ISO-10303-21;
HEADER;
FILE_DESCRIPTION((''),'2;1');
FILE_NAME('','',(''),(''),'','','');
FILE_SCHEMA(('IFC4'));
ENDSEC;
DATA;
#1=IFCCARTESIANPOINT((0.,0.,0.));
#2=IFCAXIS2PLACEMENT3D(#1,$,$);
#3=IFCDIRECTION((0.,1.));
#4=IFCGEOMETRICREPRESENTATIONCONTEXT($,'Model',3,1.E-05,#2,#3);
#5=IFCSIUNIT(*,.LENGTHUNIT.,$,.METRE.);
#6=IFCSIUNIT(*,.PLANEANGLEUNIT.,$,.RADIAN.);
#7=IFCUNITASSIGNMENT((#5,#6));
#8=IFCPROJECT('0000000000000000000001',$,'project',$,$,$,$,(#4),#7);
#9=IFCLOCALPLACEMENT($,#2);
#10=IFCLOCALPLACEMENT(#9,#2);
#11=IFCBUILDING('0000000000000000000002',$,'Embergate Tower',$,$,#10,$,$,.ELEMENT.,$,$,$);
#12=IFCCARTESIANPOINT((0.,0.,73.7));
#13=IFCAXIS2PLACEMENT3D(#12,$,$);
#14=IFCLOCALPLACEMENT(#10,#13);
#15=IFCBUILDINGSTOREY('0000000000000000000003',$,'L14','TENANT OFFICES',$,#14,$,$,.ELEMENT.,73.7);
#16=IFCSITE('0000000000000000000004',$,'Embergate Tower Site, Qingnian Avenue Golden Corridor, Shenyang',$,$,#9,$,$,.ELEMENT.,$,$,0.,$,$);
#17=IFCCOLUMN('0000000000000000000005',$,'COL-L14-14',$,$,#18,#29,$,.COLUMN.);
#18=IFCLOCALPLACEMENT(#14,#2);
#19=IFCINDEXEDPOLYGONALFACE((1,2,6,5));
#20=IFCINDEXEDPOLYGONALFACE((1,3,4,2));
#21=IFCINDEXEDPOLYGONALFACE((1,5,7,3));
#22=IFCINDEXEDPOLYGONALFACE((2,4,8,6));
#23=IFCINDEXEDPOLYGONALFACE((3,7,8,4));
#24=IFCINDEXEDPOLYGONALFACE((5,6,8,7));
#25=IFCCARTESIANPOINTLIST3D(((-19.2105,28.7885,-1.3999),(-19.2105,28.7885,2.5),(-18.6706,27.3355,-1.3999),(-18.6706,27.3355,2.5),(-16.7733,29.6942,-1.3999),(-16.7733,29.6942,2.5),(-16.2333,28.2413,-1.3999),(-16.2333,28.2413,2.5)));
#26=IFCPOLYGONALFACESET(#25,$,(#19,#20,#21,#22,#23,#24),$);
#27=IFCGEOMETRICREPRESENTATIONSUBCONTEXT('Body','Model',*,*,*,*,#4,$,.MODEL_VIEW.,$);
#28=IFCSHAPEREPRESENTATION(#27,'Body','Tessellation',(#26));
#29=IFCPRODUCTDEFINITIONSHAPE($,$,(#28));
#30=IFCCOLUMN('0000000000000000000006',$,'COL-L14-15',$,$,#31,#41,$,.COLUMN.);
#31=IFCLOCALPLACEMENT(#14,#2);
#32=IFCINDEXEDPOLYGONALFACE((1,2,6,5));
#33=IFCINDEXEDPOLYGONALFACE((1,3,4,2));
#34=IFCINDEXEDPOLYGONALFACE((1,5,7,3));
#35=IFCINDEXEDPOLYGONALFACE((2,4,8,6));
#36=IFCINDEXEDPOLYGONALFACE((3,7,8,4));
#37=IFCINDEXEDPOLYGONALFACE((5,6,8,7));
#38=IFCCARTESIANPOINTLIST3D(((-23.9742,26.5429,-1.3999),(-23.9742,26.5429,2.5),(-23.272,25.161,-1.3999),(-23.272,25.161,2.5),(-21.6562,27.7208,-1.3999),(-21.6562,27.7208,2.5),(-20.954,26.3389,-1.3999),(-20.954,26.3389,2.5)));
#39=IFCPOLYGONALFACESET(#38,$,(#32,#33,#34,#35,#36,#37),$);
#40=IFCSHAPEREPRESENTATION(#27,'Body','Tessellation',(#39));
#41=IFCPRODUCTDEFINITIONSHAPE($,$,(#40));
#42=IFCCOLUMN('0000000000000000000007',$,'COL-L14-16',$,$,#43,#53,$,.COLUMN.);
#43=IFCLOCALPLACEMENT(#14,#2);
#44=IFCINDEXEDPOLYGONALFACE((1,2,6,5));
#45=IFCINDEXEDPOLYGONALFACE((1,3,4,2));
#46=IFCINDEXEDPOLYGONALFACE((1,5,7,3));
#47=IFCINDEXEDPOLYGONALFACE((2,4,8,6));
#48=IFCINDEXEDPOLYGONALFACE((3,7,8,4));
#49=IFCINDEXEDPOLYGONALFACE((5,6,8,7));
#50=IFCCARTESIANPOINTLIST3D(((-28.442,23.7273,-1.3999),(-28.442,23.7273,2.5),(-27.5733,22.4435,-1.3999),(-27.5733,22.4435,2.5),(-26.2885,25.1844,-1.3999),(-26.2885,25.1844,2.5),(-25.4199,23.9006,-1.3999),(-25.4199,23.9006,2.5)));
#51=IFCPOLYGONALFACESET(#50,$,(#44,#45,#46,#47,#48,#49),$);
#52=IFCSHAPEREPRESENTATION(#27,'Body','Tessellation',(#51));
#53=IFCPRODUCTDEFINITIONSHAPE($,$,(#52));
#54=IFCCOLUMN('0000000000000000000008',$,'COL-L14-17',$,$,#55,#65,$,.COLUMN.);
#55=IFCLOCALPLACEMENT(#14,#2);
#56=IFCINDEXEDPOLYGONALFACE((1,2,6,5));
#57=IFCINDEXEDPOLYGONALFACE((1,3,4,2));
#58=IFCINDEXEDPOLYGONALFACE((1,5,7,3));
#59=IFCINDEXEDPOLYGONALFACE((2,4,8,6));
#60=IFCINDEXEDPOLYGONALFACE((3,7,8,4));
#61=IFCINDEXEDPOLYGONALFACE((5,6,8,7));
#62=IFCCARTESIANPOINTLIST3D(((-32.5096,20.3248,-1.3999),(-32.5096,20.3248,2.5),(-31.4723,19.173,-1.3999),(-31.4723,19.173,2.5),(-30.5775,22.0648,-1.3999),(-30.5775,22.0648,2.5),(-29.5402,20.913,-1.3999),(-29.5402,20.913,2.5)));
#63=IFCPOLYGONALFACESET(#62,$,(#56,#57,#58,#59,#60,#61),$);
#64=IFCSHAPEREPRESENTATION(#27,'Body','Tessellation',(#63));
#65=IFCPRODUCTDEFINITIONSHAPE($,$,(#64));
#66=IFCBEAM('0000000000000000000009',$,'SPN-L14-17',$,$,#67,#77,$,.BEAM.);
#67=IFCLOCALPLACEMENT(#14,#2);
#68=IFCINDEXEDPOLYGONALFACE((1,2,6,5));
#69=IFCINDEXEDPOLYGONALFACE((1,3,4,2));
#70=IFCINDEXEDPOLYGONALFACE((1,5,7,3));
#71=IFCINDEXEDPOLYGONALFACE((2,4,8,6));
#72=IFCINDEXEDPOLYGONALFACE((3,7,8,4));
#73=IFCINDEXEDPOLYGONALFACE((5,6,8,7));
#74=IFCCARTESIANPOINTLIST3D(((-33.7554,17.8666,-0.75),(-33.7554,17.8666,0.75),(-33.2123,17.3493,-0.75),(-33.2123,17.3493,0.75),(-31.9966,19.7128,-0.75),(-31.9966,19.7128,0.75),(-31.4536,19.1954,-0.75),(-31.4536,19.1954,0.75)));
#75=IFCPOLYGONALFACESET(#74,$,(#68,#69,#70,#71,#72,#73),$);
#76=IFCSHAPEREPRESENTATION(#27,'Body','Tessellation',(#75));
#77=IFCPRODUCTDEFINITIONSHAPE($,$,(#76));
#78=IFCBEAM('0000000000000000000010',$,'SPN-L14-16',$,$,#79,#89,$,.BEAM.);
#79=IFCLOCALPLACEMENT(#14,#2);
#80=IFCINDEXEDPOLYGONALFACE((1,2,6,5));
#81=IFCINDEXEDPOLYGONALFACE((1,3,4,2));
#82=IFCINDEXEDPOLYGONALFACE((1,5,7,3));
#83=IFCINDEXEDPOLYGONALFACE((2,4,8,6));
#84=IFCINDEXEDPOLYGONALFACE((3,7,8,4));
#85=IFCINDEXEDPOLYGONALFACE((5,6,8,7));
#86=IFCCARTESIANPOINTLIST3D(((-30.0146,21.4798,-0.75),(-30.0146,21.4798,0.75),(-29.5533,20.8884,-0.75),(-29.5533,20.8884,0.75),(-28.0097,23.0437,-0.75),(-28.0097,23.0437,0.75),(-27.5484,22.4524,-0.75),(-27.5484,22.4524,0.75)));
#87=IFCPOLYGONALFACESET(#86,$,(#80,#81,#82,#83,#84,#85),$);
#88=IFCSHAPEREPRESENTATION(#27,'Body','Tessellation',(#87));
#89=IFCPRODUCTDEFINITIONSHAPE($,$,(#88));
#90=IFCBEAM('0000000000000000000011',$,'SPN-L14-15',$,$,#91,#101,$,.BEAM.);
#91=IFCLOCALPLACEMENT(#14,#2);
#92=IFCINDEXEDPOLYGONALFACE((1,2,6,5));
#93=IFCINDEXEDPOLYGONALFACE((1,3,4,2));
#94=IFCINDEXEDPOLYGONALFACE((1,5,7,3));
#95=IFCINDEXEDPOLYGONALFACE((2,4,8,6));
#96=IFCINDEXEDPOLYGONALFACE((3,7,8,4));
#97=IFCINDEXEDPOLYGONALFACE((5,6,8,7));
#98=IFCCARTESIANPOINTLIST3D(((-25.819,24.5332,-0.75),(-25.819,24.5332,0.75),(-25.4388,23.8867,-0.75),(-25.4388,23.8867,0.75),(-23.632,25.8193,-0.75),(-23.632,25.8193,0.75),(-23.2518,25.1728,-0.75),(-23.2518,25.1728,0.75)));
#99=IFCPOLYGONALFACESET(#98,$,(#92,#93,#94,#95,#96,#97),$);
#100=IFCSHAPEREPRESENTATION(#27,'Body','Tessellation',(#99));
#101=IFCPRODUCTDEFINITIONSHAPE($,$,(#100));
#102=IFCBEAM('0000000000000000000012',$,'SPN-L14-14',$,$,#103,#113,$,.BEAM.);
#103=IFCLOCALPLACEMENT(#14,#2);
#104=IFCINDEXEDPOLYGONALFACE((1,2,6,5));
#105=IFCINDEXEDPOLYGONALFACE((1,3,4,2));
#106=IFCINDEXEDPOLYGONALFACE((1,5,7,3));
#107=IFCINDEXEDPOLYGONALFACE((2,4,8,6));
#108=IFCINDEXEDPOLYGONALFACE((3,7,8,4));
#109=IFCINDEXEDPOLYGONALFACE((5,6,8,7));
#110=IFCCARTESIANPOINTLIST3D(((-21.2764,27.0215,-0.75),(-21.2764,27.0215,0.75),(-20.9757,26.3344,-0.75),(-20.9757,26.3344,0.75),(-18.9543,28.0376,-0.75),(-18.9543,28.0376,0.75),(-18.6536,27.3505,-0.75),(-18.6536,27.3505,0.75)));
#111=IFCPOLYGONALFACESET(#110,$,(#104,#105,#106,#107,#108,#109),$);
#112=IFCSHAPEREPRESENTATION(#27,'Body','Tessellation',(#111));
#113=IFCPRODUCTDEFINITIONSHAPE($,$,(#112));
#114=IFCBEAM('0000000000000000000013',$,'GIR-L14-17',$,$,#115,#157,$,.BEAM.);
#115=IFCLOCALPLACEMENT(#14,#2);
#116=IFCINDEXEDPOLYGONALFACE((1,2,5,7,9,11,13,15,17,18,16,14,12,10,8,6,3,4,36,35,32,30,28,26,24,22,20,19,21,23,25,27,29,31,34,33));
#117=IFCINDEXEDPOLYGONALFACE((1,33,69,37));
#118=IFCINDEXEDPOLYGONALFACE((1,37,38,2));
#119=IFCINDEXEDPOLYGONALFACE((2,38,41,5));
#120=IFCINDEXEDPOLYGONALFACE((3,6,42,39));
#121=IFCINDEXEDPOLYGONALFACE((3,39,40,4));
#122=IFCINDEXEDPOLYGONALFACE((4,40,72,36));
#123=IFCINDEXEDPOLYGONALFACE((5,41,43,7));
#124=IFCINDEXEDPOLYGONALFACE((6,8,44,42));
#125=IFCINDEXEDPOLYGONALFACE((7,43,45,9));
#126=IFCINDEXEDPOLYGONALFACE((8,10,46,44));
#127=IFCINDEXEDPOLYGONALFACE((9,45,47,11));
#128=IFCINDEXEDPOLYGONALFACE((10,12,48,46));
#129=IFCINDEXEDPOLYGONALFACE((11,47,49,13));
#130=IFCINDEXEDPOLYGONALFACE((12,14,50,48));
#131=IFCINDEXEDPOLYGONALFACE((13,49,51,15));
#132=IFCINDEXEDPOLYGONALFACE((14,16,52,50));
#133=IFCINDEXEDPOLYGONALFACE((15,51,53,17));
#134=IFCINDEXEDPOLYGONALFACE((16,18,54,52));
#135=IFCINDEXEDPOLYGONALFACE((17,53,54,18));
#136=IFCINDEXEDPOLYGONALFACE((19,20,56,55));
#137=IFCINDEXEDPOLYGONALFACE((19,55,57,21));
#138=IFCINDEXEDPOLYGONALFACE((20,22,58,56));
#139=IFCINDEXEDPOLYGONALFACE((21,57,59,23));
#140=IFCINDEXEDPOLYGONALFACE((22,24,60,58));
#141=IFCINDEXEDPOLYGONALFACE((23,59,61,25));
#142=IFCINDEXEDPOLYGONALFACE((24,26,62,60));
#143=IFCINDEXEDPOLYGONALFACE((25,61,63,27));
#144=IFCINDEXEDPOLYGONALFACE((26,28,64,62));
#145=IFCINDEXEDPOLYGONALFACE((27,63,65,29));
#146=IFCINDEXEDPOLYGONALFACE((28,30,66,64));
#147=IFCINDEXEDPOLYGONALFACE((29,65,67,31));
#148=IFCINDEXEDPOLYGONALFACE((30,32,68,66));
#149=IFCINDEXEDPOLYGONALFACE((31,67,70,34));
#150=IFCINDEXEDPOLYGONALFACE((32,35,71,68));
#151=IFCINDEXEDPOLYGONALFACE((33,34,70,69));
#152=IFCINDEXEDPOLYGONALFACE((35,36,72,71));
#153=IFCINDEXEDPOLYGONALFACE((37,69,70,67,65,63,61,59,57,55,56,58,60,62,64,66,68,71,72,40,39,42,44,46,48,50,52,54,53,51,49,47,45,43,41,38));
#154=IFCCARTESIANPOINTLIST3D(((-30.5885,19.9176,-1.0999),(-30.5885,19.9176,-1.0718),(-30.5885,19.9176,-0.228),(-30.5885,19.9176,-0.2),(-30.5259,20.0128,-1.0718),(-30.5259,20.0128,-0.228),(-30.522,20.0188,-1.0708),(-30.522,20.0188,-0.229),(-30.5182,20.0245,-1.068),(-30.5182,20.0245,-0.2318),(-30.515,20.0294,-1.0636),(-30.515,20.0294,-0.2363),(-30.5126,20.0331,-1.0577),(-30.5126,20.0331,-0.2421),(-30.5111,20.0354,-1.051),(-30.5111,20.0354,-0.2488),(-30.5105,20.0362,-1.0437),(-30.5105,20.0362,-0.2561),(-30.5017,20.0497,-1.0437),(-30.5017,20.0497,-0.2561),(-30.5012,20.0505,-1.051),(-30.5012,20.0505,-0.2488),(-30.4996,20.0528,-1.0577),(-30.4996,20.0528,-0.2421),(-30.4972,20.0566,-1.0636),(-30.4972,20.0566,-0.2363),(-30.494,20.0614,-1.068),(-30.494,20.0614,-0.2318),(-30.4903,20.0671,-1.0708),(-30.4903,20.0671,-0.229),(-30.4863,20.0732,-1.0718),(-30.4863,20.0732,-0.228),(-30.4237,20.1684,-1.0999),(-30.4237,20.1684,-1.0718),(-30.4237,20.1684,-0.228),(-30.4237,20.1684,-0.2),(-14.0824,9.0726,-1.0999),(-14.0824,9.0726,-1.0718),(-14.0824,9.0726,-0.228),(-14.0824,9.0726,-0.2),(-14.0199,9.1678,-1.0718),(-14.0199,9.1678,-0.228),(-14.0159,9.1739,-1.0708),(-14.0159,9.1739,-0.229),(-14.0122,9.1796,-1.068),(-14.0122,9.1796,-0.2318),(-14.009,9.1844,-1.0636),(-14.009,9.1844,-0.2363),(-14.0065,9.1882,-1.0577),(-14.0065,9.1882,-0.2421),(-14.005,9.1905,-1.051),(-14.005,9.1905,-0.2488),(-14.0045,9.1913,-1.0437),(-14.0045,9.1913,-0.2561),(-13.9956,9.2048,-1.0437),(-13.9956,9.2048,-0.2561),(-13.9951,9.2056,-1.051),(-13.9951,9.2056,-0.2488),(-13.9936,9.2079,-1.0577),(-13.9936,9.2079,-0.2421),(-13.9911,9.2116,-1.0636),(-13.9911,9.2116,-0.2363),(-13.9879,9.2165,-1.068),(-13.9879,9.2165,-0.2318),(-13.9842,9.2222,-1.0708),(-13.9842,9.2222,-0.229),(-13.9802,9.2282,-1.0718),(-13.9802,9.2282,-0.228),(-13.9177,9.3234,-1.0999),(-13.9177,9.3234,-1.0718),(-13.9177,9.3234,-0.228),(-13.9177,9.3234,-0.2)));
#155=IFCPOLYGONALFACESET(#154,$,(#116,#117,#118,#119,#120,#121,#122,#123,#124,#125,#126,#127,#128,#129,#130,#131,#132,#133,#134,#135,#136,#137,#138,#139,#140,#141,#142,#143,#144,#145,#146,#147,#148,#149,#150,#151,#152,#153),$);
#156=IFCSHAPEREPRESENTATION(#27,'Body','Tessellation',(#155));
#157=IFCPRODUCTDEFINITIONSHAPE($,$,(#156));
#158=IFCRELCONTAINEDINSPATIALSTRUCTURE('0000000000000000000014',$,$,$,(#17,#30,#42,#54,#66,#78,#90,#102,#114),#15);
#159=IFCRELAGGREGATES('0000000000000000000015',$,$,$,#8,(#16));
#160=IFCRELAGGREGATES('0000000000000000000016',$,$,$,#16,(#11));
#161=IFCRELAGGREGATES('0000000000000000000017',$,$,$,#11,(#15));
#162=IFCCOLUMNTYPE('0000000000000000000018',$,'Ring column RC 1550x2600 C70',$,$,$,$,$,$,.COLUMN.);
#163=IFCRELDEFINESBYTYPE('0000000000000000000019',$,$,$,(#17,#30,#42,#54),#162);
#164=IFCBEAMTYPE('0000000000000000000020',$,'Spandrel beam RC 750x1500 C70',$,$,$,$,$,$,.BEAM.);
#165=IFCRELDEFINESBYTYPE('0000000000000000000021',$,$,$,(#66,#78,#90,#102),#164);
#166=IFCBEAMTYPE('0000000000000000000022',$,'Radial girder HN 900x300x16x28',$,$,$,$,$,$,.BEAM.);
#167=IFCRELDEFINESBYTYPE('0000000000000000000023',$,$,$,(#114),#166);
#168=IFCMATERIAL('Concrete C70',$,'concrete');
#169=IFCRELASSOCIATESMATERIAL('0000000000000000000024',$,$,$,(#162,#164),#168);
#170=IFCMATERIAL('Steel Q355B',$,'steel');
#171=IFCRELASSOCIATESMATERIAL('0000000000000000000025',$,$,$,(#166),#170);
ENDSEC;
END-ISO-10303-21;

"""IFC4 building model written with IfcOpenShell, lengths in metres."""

from ifc_helpers import new_model, si_unit, direction, frame, origin, origin_2d, place, context, subcontext, project, spatial, rectangle, i_section, extrude, source, transform, mapped, material, material_profile, profile_set, type_object, element, save


model = new_model("IFC4")

# Units and contexts
model_context = context("Model", 3, precision=1e-05, world=origin(), true_north=direction((0.0, 1.0)))
body_context = subcontext(model_context, "Body", "Model", "MODEL_VIEW")
ifc_project = project(units=[si_unit("LENGTHUNIT", "METRE"), si_unit("PLANEANGLEUNIT", "RADIAN")], contexts=[model_context])

# Site, building, storey
site_placement = place(None, origin())
site = spatial("IfcSite", under=ifc_project, at=site_placement, Name="Embergate Tower Site, Qingnian Avenue Golden Corridor, Shenyang", CompositionType="ELEMENT", RefElevation=0.0)
building_placement = place(site_placement, origin())
building = spatial("IfcBuilding", under=site, at=building_placement, Name="Embergate Tower", CompositionType="ELEMENT")
storey_placement = place(building_placement, frame((0.0, 0.0, 73.7)))
storey = spatial("IfcBuildingStorey", under=building, at=storey_placement, Name="L14", Description="TENANT OFFICES", CompositionType="ELEMENT", Elevation=73.7)

# Columns
ifc_material_1 = material(Name="Concrete C70", Category="concrete")
ifc_material_profile_1 = material_profile(ifc_material_1, rectangle(XDim=1.55, YDim=2.6001, at=origin_2d()), Name="RC 1550x2600")
ifc_profile_set_1 = profile_set([ifc_material_profile_1], Name="Concrete C70")
column_type = type_object("IfcColumnType", Name="Ring column RC 1550x2600 C70", PredefinedType="COLUMN", material=ifc_profile_set_1)
shared_shape_1 = source(origin(), body_context, "Body", "SweptSolid", [
    extrude(rectangle(XDim=1.55, YDim=2.6001, at=origin_2d()), origin(), (0.0, 0.0, 1.0), 3.8999),
])
for number, where, z_axis, x_axis, name in (
    (1, (-17.7219, 28.5149, -1.3999), (0.0, 0.0, 1.0), (-0.348343, 0.937367, 0.0), "COL-L14-14"),
    (2, (-22.4641, 26.4409, -1.3999), (0.0, 0.0, 1.0), (-0.453011, 0.891505, 0.0), "COL-L14-15"),
    (3, (-26.9309, 23.814, -1.3999), (0.0, 0.0, 1.0), (-0.560393, 0.828227, 0.0), "COL-L14-16"),
    (4, (-31.0249, 20.6189, -1.3999), (0.0, 0.0, 1.0), (-0.669208, 0.743075, 0.0), "COL-L14-17"),
):
    element("IfcColumn", number, at=place(storey_placement, frame(where, z_axis=z_axis, x_axis=x_axis)), inside=storey, type_object=column_type, Name=name, PredefinedType="COLUMN", context=body_context, shape_type="MappedRepresentation", body=[
        mapped(shared_shape_1, transform((0.0, 0.0, 0.0))),
    ])

# Beams
ifc_material_profile_2 = material_profile(ifc_material_1, rectangle(XDim=0.75, YDim=1.5, at=origin_2d()), Name="RC 750x1500")
ifc_profile_set_2 = profile_set([ifc_material_profile_2], Name="Concrete C70")
beam_type_1 = type_object("IfcBeamType", Name="Spandrel beam RC 750x1500 C70", PredefinedType="BEAM", material=ifc_profile_set_2)
shared_shape_2 = source(origin(), body_context, "Body", "SweptSolid", [
    extrude(rectangle(XDim=0.75, YDim=1.5, at=origin_2d()), origin(), (0.0, 0.0, 1.0), 2.5498),
])
beam_1_placement = place(storey_placement, frame((-31.7251, 19.4541, 0.0), z_axis=(-0.68976, -0.724038, 0.0), x_axis=(0.724038, -0.68976, 0.0)))
element("IfcBeam", 5, at=beam_1_placement, inside=storey, type_object=beam_type_1, Name="SPN-L14-17", PredefinedType="BEAM", context=body_context, shape_type="MappedRepresentation", body=[
    mapped(shared_shape_2, transform((0.0, 0.0, 0.0))),
])
shared_shape_3 = source(origin(), body_context, "Body", "SweptSolid", [
    extrude(rectangle(XDim=0.75, YDim=1.5, at=origin_2d()), origin(), (0.0, 0.0, 1.0), 2.5427),
])
beam_2_placement = place(storey_placement, frame((-27.7791, 22.748, 0.0), z_axis=(-0.788473, -0.61507, 0.0), x_axis=(0.61507, -0.788473, 0.0)))
element("IfcBeam", 6, at=beam_2_placement, inside=storey, type_object=beam_type_1, Name="SPN-L14-16", PredefinedType="BEAM", context=body_context, shape_type="MappedRepresentation", body=[
    mapped(shared_shape_3, transform((0.0, 0.0, 0.0))),
])
shared_shape_4 = source(origin(), body_context, "Body", "SweptSolid", [
    extrude(rectangle(XDim=0.75, YDim=1.5, at=origin_2d()), origin(), (0.0, 0.0, 1.0), 2.5371),
])
beam_3_placement = place(storey_placement, frame((-23.4419, 25.4961, 0.0), z_axis=(-0.861994, -0.506919, 0.0), x_axis=(0.506919, -0.861994, 0.0)))
element("IfcBeam", 7, at=beam_3_placement, inside=storey, type_object=beam_type_1, Name="SPN-L14-15", PredefinedType="BEAM", context=body_context, shape_type="MappedRepresentation", body=[
    mapped(shared_shape_4, transform((0.0, 0.0, 0.0))),
])
shared_shape_5 = source(origin(), body_context, "Body", "SweptSolid", [
    extrude(rectangle(XDim=0.75, YDim=1.5, at=origin_2d()), origin(), (0.0, 0.0, 1.0), 2.5347),
])
beam_4_placement = place(storey_placement, frame((-18.804, 27.6941, 0.0), z_axis=(-0.916124, -0.400895, 0.0), x_axis=(0.400895, -0.916124, 0.0)))
element("IfcBeam", 8, at=beam_4_placement, inside=storey, type_object=beam_type_1, Name="SPN-L14-14", PredefinedType="BEAM", context=body_context, shape_type="MappedRepresentation", body=[
    mapped(shared_shape_5, transform((0.0, 0.0, 0.0))),
])
ifc_material_2 = material(Name="Steel Q355B", Category="steel")
ifc_material_profile_3 = material_profile(ifc_material_2, i_section(OverallWidth=0.3, OverallDepth=0.8999, WebThickness=0.0161, FlangeThickness=0.0281, FilletRadius=0.0281, at=origin_2d()), Name="HN 900x300x16x28")
ifc_profile_set_3 = profile_set([ifc_material_profile_3], Name="Steel Q355 grade B")
beam_type_2 = type_object("IfcBeamType", Name="Radial girder HN 900x300x16x28", PredefinedType="BEAM", material=ifc_profile_set_3)
shared_shape_6 = source(origin(), body_context, "Body", "SweptSolid", [
    extrude(i_section(OverallWidth=0.3, OverallDepth=0.8999, WebThickness=0.0161, FlangeThickness=0.0281, FilletRadius=0.0281, at=origin_2d()), origin(), (0.0, 0.0, 1.0), 19.75),
])
beam_5_placement = place(storey_placement, frame((-30.5061, 20.043, -0.6499), z_axis=(0.83575, -0.549111, 0.0), x_axis=(0.549111, 0.83575, 0.0)))
element("IfcBeam", 9, at=beam_5_placement, inside=storey, type_object=beam_type_2, Name="GIR-L14-17", PredefinedType="BEAM", context=body_context, shape_type="MappedRepresentation", body=[
    mapped(shared_shape_6, transform((0.0, 0.0, 0.0))),
])

save(model, "model.ifc")
